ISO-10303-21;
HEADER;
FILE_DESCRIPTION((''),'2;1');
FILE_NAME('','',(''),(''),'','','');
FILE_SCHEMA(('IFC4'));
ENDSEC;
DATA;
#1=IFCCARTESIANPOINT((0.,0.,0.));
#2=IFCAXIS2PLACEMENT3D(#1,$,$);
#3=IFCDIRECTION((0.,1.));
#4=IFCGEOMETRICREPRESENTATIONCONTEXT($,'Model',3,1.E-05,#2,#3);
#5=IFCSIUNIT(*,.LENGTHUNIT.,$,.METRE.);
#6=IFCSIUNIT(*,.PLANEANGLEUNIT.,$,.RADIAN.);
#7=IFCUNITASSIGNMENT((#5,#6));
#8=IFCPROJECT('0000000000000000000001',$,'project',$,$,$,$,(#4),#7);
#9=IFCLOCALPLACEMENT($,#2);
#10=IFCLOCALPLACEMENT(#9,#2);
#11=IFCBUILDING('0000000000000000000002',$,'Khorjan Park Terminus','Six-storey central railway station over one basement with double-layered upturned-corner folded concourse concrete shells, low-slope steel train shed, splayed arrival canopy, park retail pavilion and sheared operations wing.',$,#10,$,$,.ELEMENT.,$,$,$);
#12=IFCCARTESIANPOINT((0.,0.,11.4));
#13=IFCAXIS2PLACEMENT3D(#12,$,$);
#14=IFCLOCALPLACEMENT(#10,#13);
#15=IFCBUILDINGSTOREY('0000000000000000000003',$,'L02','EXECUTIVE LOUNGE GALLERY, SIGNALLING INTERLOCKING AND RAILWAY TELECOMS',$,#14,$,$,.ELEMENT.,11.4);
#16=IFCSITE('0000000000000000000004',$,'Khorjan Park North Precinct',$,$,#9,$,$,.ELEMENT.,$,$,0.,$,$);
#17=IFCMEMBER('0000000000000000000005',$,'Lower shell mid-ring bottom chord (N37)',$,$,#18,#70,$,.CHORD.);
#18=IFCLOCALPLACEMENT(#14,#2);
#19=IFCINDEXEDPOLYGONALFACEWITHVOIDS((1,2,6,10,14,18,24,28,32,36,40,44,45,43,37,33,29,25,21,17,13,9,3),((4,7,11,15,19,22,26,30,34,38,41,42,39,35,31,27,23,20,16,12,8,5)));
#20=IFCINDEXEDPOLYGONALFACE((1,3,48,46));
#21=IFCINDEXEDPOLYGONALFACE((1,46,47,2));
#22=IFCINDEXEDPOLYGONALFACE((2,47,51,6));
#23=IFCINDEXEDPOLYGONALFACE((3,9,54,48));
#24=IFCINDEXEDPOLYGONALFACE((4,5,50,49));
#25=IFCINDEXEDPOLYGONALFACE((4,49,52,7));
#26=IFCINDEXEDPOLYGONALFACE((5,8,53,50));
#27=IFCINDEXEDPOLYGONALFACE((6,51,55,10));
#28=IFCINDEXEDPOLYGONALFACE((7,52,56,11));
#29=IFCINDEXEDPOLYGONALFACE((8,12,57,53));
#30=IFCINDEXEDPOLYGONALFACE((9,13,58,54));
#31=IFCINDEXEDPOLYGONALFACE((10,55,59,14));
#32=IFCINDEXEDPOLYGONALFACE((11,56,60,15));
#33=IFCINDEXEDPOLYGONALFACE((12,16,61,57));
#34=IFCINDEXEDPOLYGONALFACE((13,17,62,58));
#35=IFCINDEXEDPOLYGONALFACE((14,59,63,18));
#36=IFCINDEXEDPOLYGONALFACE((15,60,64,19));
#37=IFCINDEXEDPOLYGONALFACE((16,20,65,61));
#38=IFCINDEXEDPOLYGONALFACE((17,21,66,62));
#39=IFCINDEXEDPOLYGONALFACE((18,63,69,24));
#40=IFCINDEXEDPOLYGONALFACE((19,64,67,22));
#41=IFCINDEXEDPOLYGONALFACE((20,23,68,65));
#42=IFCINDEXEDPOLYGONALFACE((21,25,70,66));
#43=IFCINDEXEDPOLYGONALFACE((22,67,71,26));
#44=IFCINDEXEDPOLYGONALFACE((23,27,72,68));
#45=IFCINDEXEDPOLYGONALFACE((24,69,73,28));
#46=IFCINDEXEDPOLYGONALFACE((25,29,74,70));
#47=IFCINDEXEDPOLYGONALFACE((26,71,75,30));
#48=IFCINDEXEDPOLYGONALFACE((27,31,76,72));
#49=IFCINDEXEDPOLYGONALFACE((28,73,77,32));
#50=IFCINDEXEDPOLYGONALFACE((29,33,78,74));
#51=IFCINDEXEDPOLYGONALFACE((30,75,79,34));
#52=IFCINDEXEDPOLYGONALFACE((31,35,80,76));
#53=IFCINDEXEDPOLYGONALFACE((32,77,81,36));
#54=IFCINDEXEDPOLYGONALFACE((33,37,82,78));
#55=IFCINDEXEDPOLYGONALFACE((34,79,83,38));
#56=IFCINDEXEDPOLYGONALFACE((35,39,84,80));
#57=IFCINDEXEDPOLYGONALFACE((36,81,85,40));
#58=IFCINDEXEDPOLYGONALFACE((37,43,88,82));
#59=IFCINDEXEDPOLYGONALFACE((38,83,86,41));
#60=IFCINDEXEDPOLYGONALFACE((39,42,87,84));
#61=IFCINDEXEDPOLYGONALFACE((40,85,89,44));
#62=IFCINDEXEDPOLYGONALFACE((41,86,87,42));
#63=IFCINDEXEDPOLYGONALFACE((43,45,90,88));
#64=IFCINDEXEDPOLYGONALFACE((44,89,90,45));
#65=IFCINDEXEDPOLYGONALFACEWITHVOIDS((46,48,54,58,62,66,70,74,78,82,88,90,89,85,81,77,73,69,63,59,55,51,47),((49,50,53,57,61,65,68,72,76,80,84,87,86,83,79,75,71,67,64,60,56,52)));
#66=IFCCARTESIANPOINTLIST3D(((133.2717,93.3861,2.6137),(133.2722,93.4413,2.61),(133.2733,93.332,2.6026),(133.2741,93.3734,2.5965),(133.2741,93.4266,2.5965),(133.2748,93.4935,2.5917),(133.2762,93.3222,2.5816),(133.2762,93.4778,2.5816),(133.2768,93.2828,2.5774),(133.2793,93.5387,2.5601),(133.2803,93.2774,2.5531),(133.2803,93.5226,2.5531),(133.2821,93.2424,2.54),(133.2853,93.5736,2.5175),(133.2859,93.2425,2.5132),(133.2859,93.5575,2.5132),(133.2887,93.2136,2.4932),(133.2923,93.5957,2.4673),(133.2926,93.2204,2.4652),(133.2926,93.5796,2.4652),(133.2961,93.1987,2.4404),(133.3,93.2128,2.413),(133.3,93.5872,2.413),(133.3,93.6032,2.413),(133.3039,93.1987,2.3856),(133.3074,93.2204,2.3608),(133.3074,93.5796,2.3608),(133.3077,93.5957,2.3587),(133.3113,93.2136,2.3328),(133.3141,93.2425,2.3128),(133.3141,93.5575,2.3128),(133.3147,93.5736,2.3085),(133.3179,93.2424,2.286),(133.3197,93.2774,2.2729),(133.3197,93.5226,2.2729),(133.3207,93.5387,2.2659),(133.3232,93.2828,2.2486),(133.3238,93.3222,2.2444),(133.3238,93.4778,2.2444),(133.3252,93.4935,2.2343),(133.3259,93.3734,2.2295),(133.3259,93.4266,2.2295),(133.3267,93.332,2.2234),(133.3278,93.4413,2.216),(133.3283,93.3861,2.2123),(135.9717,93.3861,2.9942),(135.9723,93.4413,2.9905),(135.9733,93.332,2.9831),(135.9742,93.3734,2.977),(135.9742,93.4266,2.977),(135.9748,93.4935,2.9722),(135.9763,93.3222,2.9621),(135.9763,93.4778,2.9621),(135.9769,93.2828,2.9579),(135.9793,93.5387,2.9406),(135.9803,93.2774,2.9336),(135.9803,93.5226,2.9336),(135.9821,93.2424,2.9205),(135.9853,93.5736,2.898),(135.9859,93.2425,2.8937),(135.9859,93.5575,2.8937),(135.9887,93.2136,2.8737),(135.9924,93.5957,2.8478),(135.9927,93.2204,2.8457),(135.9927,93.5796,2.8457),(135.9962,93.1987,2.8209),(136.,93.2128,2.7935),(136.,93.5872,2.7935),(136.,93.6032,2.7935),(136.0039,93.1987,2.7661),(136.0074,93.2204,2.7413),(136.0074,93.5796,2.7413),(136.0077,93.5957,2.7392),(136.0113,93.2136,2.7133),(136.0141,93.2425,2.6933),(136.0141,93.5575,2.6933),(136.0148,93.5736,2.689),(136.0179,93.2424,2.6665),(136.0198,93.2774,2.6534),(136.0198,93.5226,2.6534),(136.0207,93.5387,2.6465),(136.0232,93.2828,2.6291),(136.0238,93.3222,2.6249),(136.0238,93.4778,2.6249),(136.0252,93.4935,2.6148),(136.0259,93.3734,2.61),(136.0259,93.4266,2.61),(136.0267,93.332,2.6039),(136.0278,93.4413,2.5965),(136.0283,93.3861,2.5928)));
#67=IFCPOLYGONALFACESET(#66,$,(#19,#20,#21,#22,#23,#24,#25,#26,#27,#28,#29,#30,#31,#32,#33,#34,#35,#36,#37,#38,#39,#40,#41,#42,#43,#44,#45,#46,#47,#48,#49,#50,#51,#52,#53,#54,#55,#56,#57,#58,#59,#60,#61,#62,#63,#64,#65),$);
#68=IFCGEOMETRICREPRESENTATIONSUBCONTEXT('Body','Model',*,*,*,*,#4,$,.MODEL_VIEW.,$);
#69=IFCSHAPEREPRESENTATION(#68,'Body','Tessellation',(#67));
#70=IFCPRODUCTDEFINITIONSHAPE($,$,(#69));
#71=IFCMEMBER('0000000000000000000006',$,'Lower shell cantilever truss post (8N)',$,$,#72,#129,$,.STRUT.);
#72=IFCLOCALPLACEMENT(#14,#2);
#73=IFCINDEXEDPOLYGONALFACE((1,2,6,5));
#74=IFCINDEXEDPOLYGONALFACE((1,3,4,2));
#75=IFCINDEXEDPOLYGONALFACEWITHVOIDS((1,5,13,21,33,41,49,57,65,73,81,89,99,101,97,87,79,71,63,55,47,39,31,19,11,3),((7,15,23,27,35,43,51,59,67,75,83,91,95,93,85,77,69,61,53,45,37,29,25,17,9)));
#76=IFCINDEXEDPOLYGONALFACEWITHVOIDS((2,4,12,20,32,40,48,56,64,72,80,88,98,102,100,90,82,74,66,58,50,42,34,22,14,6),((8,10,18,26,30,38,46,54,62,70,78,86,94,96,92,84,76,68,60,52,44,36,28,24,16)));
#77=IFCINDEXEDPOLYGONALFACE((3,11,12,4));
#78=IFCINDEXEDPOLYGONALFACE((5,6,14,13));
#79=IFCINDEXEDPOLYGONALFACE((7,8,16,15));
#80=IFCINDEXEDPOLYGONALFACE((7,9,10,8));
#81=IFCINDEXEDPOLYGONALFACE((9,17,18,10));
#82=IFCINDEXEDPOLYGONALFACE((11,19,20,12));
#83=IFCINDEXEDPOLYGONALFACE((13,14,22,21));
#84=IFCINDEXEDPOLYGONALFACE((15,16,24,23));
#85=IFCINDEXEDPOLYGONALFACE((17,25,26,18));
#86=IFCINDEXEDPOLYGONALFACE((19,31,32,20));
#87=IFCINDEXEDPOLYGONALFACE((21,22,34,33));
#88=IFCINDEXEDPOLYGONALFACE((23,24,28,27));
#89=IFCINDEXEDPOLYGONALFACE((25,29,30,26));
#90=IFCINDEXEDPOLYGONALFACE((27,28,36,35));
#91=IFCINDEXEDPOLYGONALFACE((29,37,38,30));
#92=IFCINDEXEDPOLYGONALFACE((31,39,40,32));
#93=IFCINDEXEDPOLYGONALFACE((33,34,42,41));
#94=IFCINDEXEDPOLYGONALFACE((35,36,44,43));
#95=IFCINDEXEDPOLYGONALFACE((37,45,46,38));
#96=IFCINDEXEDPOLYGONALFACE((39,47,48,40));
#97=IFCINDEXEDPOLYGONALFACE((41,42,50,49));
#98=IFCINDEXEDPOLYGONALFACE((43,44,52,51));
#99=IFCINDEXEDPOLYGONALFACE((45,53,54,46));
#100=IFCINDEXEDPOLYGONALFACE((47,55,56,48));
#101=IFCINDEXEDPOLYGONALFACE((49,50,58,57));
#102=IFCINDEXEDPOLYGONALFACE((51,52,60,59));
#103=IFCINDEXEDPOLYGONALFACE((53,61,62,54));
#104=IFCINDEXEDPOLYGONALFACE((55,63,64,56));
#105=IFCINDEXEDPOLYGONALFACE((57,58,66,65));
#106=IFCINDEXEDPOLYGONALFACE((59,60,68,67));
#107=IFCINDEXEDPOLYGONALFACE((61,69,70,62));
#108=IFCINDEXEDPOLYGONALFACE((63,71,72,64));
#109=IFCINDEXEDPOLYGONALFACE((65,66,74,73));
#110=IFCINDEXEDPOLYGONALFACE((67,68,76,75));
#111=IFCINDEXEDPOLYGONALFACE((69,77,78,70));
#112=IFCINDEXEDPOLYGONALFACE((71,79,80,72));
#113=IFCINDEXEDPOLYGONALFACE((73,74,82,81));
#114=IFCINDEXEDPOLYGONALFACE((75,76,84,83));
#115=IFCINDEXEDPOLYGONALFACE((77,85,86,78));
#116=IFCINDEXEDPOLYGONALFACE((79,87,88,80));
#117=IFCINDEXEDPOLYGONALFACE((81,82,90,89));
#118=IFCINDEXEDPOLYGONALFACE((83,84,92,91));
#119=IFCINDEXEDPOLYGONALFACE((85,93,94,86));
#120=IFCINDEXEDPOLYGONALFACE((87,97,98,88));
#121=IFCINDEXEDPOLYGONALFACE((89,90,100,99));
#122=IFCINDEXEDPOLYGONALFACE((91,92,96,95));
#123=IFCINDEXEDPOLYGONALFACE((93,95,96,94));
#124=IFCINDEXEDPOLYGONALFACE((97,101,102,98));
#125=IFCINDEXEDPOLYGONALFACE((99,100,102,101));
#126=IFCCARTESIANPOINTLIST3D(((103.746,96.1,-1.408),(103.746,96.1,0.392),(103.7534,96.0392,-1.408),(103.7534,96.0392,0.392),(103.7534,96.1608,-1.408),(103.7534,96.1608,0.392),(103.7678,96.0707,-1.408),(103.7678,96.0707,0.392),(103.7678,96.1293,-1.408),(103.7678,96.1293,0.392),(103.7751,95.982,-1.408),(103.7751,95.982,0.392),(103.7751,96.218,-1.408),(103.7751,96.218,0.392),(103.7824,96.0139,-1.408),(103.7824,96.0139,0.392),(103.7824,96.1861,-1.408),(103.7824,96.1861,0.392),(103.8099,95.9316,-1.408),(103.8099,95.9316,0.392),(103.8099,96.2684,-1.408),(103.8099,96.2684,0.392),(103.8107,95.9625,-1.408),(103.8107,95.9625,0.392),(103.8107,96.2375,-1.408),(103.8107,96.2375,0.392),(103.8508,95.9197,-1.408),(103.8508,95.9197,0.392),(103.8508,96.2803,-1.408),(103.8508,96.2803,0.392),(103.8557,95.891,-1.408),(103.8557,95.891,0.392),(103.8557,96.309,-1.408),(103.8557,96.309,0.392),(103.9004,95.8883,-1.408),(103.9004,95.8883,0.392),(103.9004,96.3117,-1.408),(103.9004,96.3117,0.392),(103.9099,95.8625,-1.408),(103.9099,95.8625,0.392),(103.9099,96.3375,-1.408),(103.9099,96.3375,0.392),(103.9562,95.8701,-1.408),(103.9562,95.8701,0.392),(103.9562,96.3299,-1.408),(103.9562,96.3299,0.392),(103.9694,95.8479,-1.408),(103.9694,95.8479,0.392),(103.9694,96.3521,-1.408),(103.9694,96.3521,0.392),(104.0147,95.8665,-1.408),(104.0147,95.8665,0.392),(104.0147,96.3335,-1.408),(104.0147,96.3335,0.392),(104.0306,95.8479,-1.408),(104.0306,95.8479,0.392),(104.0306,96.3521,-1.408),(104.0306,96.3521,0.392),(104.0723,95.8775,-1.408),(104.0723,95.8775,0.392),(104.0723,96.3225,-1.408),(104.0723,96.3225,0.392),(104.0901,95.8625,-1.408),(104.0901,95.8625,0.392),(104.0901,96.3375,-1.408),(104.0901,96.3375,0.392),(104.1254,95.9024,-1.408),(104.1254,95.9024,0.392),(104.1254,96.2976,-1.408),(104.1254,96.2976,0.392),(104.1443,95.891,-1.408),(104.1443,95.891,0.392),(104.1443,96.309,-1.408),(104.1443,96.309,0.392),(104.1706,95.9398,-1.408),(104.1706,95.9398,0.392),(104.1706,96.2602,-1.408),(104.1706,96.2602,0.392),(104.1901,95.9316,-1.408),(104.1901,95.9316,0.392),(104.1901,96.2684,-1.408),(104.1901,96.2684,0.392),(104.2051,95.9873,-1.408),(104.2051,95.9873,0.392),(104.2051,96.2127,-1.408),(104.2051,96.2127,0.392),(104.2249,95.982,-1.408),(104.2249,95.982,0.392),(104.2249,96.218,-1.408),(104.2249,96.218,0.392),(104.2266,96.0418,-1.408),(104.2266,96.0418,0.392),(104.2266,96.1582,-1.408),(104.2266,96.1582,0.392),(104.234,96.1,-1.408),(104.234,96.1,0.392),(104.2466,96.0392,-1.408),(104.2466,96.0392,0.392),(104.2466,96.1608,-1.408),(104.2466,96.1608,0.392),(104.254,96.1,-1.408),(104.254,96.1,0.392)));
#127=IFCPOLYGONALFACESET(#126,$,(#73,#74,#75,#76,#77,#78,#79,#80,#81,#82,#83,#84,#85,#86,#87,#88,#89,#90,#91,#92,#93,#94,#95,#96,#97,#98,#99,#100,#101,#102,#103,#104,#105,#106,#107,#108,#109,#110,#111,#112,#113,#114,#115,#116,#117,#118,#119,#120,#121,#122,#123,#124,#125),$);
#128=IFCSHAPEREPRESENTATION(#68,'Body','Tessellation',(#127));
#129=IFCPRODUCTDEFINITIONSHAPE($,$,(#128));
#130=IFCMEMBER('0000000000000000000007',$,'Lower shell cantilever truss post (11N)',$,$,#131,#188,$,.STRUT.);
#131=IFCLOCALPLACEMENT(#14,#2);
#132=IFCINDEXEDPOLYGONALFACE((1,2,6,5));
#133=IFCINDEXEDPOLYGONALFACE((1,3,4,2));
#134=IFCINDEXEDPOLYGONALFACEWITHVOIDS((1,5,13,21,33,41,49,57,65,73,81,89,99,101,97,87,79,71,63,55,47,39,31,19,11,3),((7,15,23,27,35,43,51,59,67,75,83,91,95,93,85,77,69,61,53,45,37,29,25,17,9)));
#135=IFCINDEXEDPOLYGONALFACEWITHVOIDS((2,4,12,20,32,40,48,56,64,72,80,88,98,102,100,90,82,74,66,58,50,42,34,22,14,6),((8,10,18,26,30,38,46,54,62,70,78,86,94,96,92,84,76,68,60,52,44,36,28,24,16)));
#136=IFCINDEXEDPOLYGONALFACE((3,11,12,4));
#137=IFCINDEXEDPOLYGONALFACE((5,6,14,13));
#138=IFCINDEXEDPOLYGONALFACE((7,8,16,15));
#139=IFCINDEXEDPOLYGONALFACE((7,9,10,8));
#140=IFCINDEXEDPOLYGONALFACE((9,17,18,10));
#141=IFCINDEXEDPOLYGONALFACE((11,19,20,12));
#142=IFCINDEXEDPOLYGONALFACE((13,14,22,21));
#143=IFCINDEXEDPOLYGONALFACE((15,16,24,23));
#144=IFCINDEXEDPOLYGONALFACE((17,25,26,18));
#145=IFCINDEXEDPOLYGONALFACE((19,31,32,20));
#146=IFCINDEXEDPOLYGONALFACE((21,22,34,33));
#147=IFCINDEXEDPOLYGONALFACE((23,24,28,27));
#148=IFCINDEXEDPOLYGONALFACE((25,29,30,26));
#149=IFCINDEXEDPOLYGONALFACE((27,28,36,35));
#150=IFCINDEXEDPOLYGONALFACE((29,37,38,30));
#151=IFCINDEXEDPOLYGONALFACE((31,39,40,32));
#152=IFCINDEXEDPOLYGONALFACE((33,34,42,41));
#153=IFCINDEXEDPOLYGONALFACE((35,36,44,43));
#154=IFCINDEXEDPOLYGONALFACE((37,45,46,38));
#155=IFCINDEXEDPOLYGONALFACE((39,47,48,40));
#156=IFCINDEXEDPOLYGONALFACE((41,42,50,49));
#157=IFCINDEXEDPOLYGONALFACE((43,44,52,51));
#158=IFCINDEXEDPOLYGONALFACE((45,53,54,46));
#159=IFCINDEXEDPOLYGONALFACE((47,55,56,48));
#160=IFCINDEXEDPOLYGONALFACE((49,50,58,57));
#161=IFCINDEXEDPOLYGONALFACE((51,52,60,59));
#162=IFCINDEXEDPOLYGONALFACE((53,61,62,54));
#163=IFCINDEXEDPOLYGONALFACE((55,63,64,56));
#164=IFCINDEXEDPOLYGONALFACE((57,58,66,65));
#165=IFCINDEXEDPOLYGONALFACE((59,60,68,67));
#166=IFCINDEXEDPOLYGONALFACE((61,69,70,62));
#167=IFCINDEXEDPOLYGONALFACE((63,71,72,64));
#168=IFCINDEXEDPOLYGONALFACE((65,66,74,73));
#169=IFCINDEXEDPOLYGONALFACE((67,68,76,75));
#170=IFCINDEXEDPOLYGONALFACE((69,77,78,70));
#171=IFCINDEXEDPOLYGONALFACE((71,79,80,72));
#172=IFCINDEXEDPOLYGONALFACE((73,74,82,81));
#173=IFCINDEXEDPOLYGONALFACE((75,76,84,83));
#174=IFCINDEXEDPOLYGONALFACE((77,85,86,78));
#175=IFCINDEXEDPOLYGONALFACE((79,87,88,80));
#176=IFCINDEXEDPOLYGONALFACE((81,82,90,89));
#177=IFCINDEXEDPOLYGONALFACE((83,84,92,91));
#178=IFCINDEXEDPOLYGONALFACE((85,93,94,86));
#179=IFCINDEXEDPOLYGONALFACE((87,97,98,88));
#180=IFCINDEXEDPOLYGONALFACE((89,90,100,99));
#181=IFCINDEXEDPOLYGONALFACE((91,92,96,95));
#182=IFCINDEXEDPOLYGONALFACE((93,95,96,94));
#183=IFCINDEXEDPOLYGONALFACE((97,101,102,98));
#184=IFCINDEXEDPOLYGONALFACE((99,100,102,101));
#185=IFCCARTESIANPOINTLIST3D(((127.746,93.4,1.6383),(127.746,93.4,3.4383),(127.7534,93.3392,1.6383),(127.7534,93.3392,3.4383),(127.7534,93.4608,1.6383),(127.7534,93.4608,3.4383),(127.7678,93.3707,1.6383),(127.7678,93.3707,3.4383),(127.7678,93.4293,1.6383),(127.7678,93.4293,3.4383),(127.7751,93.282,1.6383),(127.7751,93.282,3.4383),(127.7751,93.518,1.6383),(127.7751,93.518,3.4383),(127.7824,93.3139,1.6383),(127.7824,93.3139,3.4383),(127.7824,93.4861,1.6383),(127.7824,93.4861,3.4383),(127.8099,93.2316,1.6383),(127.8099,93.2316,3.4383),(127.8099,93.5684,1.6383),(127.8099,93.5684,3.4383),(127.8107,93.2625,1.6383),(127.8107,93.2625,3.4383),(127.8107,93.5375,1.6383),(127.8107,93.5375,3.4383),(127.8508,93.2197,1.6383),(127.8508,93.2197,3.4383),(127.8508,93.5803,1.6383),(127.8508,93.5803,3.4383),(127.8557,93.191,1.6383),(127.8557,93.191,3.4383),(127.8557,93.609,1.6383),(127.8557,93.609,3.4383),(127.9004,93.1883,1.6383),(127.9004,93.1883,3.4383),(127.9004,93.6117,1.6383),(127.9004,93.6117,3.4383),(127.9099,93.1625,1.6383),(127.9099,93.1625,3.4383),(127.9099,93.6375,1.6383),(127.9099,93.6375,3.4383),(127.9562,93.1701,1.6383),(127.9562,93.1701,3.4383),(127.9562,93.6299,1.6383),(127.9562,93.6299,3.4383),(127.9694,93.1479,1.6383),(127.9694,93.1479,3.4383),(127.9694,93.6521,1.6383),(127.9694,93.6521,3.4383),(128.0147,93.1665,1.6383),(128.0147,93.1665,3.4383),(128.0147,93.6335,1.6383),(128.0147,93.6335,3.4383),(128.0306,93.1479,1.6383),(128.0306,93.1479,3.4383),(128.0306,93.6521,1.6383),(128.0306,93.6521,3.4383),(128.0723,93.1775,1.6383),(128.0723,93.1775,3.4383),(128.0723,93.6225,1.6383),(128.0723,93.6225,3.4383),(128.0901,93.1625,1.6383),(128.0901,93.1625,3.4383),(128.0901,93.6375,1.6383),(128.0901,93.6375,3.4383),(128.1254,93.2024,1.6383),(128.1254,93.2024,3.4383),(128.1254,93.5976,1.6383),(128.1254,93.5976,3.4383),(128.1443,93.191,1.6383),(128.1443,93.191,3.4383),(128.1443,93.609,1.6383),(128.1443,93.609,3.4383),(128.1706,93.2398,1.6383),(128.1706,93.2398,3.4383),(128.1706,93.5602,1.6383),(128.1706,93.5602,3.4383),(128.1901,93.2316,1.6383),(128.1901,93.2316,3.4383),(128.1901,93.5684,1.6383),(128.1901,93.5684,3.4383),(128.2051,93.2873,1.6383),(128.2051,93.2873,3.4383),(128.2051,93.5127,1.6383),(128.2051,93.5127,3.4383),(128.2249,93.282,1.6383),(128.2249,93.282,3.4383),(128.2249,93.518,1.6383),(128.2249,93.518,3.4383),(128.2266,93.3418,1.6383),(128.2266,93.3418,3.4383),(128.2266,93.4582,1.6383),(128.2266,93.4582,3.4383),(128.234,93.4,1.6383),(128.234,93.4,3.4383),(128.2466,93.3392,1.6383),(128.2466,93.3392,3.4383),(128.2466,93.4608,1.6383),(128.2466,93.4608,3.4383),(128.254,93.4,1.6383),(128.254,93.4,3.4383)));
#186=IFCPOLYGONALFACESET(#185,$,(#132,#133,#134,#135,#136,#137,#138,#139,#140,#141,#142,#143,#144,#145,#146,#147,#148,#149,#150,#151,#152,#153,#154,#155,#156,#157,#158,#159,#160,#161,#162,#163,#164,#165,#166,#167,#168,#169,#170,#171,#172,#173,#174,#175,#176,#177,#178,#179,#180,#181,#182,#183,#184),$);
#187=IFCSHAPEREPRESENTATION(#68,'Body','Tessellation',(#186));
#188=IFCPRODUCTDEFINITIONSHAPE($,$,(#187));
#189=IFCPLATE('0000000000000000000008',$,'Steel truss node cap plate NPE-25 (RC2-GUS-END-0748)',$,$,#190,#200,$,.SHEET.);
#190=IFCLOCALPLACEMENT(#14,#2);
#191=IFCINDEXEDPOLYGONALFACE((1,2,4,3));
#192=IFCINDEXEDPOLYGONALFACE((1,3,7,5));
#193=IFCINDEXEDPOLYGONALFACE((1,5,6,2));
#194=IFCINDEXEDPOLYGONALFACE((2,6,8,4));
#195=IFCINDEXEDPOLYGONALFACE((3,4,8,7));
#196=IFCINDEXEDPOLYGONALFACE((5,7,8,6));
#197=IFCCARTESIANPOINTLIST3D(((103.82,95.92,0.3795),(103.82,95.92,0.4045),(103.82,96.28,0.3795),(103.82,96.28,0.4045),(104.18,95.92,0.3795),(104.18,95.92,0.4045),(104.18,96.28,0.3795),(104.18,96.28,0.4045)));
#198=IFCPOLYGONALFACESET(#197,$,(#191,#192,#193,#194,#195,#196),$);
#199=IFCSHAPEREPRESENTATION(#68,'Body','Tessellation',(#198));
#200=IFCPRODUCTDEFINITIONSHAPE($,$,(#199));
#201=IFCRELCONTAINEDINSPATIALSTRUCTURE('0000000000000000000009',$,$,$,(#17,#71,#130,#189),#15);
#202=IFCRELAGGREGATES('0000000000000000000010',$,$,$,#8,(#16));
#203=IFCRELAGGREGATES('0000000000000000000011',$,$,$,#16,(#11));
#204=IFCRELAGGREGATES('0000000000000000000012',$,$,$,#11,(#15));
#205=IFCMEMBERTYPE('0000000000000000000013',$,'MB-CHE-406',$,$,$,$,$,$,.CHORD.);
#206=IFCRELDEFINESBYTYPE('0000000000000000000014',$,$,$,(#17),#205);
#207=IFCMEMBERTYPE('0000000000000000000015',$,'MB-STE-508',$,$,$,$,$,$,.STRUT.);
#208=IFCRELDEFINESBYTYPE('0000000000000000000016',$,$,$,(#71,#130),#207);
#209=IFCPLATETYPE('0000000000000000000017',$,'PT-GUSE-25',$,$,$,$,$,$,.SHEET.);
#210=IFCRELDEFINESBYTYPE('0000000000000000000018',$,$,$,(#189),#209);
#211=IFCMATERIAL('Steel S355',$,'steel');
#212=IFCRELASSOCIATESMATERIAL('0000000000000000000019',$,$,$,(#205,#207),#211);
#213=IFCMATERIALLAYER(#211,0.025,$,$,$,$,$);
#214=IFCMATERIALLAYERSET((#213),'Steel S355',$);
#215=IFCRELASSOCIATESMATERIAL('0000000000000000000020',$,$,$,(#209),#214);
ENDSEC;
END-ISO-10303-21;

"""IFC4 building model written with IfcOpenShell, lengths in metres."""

from ifc_helpers import new_model, si_unit, direction, frame, origin, origin_2d, place, context, subcontext, project, spatial, rectangle, hollow_circle, extrude, material, layer, layer_set, material_profile, profile_set, type_object, element, save


model = new_model("IFC4")

# Units and contexts
model_context = context("Model", 3, precision=1e-05, world=origin(), true_north=direction((0.0, 1.0)))
body_context = subcontext(model_context, "Body", "Model", "MODEL_VIEW")
ifc_project = project(units=[si_unit("LENGTHUNIT", "METRE"), si_unit("PLANEANGLEUNIT", "RADIAN")], contexts=[model_context])

# Site, building, storey
site_placement = place(None, origin())
site = spatial("IfcSite", under=ifc_project, at=site_placement, Name="Khorjan Park North Precinct", CompositionType="ELEMENT", RefElevation=0.0)
building_placement = place(site_placement, origin())
building = spatial("IfcBuilding", under=site, at=building_placement, Name="Khorjan Park Terminus", Description="Six-storey central railway station over one basement with double-layered upturned-corner folded concourse concrete shells, low-slope steel train shed, splayed arrival canopy, park retail pavilion and sheared operations wing.", CompositionType="ELEMENT")
storey_placement = place(building_placement, frame((0.0, 0.0, 11.4)))
storey = spatial("IfcBuildingStorey", under=building, at=storey_placement, Name="L02", Description="EXECUTIVE LOUNGE GALLERY, SIGNALLING INTERLOCKING AND RAILWAY TELECOMS", CompositionType="ELEMENT", Elevation=11.4)

# Members
ifc_material_1 = material(Name="Steel S355", Category="steel")
ifc_material_profile_1 = material_profile(ifc_material_1, hollow_circle(Radius=0.2032, WallThickness=0.016, at=origin_2d()), Name="CHS 406.4x16")
ifc_profile_set_1 = profile_set([ifc_material_profile_1], Name="Steel S355")
member_type_1 = type_object("IfcMemberType", Name="MB-CHE-406", PredefinedType="CHORD", material=ifc_profile_set_1)
for number, where, z_axis, x_axis, name in (
    (1, (133.3, 93.4, 2.413), (0.990215, 0.0, 0.139547), (0.0, 1.0, 0.0), "Lower shell mid-ring bottom chord (N37)"),
):
    element("IfcMember", number, at=place(storey_placement, frame(where, z_axis=z_axis, x_axis=x_axis)), inside=storey, type_object=member_type_1, Name=name, PredefinedType="CHORD", context=body_context, shape_type="SweptSolid", body=[
        extrude(hollow_circle(Radius=0.2032, WallThickness=0.016, at=origin_2d()), origin(), (0.0, 0.0, 1.0), 2.7267),
    ])
ifc_material_profile_2 = material_profile(ifc_material_1, hollow_circle(Radius=0.254, WallThickness=0.02, at=origin_2d()), Name="CHS 508x20")
ifc_profile_set_2 = profile_set([ifc_material_profile_2], Name="Steel S355")
member_type_2 = type_object("IfcMemberType", Name="MB-STE-508", PredefinedType="STRUT", material=ifc_profile_set_2)
for number, where, z_axis, x_axis, name in (
    (2, (104.0, 96.1, -1.408), (0.0, 0.0, 1.0), (1.0, 0.0, 0.0), "Lower shell cantilever truss post (8N)"),
    (3, (128.0, 93.4, 1.6383), (0.0, 0.0, 1.0), (1.0, 0.0, 0.0), "Lower shell cantilever truss post (11N)"),
):
    element("IfcMember", number, at=place(storey_placement, frame(where, z_axis=z_axis, x_axis=x_axis)), inside=storey, type_object=member_type_2, Name=name, PredefinedType="STRUT", context=body_context, shape_type="SweptSolid", body=[
        extrude(hollow_circle(Radius=0.254, WallThickness=0.02, at=origin_2d()), origin(), (0.0, 0.0, 1.0), 1.8),
    ])

# Plate
ifc_layer_1 = layer(ifc_material_1, 0.025)
ifc_layer_set_1 = layer_set([ifc_layer_1], Name="Steel S355")
plate_type = type_object("IfcPlateType", Name="PT-GUSE-25", PredefinedType="SHEET", material=ifc_layer_set_1)
plate_1_placement = place(storey_placement, frame((104.0, 96.1, 0.3795), z_axis=(0.0, 0.0, 1.0), x_axis=(1.0, 0.0, 0.0)))
element("IfcPlate", 4, at=plate_1_placement, inside=storey, type_object=plate_type, Name="Steel truss node cap plate NPE-25 (RC2-GUS-END-0748)", PredefinedType="SHEET", context=body_context, shape_type="SweptSolid", body=[
    extrude(rectangle(XDim=0.36, YDim=0.36, at=origin_2d()), origin(), (0.0, 0.0, 1.0), 0.025),
])

save(model, "model.ifc")
